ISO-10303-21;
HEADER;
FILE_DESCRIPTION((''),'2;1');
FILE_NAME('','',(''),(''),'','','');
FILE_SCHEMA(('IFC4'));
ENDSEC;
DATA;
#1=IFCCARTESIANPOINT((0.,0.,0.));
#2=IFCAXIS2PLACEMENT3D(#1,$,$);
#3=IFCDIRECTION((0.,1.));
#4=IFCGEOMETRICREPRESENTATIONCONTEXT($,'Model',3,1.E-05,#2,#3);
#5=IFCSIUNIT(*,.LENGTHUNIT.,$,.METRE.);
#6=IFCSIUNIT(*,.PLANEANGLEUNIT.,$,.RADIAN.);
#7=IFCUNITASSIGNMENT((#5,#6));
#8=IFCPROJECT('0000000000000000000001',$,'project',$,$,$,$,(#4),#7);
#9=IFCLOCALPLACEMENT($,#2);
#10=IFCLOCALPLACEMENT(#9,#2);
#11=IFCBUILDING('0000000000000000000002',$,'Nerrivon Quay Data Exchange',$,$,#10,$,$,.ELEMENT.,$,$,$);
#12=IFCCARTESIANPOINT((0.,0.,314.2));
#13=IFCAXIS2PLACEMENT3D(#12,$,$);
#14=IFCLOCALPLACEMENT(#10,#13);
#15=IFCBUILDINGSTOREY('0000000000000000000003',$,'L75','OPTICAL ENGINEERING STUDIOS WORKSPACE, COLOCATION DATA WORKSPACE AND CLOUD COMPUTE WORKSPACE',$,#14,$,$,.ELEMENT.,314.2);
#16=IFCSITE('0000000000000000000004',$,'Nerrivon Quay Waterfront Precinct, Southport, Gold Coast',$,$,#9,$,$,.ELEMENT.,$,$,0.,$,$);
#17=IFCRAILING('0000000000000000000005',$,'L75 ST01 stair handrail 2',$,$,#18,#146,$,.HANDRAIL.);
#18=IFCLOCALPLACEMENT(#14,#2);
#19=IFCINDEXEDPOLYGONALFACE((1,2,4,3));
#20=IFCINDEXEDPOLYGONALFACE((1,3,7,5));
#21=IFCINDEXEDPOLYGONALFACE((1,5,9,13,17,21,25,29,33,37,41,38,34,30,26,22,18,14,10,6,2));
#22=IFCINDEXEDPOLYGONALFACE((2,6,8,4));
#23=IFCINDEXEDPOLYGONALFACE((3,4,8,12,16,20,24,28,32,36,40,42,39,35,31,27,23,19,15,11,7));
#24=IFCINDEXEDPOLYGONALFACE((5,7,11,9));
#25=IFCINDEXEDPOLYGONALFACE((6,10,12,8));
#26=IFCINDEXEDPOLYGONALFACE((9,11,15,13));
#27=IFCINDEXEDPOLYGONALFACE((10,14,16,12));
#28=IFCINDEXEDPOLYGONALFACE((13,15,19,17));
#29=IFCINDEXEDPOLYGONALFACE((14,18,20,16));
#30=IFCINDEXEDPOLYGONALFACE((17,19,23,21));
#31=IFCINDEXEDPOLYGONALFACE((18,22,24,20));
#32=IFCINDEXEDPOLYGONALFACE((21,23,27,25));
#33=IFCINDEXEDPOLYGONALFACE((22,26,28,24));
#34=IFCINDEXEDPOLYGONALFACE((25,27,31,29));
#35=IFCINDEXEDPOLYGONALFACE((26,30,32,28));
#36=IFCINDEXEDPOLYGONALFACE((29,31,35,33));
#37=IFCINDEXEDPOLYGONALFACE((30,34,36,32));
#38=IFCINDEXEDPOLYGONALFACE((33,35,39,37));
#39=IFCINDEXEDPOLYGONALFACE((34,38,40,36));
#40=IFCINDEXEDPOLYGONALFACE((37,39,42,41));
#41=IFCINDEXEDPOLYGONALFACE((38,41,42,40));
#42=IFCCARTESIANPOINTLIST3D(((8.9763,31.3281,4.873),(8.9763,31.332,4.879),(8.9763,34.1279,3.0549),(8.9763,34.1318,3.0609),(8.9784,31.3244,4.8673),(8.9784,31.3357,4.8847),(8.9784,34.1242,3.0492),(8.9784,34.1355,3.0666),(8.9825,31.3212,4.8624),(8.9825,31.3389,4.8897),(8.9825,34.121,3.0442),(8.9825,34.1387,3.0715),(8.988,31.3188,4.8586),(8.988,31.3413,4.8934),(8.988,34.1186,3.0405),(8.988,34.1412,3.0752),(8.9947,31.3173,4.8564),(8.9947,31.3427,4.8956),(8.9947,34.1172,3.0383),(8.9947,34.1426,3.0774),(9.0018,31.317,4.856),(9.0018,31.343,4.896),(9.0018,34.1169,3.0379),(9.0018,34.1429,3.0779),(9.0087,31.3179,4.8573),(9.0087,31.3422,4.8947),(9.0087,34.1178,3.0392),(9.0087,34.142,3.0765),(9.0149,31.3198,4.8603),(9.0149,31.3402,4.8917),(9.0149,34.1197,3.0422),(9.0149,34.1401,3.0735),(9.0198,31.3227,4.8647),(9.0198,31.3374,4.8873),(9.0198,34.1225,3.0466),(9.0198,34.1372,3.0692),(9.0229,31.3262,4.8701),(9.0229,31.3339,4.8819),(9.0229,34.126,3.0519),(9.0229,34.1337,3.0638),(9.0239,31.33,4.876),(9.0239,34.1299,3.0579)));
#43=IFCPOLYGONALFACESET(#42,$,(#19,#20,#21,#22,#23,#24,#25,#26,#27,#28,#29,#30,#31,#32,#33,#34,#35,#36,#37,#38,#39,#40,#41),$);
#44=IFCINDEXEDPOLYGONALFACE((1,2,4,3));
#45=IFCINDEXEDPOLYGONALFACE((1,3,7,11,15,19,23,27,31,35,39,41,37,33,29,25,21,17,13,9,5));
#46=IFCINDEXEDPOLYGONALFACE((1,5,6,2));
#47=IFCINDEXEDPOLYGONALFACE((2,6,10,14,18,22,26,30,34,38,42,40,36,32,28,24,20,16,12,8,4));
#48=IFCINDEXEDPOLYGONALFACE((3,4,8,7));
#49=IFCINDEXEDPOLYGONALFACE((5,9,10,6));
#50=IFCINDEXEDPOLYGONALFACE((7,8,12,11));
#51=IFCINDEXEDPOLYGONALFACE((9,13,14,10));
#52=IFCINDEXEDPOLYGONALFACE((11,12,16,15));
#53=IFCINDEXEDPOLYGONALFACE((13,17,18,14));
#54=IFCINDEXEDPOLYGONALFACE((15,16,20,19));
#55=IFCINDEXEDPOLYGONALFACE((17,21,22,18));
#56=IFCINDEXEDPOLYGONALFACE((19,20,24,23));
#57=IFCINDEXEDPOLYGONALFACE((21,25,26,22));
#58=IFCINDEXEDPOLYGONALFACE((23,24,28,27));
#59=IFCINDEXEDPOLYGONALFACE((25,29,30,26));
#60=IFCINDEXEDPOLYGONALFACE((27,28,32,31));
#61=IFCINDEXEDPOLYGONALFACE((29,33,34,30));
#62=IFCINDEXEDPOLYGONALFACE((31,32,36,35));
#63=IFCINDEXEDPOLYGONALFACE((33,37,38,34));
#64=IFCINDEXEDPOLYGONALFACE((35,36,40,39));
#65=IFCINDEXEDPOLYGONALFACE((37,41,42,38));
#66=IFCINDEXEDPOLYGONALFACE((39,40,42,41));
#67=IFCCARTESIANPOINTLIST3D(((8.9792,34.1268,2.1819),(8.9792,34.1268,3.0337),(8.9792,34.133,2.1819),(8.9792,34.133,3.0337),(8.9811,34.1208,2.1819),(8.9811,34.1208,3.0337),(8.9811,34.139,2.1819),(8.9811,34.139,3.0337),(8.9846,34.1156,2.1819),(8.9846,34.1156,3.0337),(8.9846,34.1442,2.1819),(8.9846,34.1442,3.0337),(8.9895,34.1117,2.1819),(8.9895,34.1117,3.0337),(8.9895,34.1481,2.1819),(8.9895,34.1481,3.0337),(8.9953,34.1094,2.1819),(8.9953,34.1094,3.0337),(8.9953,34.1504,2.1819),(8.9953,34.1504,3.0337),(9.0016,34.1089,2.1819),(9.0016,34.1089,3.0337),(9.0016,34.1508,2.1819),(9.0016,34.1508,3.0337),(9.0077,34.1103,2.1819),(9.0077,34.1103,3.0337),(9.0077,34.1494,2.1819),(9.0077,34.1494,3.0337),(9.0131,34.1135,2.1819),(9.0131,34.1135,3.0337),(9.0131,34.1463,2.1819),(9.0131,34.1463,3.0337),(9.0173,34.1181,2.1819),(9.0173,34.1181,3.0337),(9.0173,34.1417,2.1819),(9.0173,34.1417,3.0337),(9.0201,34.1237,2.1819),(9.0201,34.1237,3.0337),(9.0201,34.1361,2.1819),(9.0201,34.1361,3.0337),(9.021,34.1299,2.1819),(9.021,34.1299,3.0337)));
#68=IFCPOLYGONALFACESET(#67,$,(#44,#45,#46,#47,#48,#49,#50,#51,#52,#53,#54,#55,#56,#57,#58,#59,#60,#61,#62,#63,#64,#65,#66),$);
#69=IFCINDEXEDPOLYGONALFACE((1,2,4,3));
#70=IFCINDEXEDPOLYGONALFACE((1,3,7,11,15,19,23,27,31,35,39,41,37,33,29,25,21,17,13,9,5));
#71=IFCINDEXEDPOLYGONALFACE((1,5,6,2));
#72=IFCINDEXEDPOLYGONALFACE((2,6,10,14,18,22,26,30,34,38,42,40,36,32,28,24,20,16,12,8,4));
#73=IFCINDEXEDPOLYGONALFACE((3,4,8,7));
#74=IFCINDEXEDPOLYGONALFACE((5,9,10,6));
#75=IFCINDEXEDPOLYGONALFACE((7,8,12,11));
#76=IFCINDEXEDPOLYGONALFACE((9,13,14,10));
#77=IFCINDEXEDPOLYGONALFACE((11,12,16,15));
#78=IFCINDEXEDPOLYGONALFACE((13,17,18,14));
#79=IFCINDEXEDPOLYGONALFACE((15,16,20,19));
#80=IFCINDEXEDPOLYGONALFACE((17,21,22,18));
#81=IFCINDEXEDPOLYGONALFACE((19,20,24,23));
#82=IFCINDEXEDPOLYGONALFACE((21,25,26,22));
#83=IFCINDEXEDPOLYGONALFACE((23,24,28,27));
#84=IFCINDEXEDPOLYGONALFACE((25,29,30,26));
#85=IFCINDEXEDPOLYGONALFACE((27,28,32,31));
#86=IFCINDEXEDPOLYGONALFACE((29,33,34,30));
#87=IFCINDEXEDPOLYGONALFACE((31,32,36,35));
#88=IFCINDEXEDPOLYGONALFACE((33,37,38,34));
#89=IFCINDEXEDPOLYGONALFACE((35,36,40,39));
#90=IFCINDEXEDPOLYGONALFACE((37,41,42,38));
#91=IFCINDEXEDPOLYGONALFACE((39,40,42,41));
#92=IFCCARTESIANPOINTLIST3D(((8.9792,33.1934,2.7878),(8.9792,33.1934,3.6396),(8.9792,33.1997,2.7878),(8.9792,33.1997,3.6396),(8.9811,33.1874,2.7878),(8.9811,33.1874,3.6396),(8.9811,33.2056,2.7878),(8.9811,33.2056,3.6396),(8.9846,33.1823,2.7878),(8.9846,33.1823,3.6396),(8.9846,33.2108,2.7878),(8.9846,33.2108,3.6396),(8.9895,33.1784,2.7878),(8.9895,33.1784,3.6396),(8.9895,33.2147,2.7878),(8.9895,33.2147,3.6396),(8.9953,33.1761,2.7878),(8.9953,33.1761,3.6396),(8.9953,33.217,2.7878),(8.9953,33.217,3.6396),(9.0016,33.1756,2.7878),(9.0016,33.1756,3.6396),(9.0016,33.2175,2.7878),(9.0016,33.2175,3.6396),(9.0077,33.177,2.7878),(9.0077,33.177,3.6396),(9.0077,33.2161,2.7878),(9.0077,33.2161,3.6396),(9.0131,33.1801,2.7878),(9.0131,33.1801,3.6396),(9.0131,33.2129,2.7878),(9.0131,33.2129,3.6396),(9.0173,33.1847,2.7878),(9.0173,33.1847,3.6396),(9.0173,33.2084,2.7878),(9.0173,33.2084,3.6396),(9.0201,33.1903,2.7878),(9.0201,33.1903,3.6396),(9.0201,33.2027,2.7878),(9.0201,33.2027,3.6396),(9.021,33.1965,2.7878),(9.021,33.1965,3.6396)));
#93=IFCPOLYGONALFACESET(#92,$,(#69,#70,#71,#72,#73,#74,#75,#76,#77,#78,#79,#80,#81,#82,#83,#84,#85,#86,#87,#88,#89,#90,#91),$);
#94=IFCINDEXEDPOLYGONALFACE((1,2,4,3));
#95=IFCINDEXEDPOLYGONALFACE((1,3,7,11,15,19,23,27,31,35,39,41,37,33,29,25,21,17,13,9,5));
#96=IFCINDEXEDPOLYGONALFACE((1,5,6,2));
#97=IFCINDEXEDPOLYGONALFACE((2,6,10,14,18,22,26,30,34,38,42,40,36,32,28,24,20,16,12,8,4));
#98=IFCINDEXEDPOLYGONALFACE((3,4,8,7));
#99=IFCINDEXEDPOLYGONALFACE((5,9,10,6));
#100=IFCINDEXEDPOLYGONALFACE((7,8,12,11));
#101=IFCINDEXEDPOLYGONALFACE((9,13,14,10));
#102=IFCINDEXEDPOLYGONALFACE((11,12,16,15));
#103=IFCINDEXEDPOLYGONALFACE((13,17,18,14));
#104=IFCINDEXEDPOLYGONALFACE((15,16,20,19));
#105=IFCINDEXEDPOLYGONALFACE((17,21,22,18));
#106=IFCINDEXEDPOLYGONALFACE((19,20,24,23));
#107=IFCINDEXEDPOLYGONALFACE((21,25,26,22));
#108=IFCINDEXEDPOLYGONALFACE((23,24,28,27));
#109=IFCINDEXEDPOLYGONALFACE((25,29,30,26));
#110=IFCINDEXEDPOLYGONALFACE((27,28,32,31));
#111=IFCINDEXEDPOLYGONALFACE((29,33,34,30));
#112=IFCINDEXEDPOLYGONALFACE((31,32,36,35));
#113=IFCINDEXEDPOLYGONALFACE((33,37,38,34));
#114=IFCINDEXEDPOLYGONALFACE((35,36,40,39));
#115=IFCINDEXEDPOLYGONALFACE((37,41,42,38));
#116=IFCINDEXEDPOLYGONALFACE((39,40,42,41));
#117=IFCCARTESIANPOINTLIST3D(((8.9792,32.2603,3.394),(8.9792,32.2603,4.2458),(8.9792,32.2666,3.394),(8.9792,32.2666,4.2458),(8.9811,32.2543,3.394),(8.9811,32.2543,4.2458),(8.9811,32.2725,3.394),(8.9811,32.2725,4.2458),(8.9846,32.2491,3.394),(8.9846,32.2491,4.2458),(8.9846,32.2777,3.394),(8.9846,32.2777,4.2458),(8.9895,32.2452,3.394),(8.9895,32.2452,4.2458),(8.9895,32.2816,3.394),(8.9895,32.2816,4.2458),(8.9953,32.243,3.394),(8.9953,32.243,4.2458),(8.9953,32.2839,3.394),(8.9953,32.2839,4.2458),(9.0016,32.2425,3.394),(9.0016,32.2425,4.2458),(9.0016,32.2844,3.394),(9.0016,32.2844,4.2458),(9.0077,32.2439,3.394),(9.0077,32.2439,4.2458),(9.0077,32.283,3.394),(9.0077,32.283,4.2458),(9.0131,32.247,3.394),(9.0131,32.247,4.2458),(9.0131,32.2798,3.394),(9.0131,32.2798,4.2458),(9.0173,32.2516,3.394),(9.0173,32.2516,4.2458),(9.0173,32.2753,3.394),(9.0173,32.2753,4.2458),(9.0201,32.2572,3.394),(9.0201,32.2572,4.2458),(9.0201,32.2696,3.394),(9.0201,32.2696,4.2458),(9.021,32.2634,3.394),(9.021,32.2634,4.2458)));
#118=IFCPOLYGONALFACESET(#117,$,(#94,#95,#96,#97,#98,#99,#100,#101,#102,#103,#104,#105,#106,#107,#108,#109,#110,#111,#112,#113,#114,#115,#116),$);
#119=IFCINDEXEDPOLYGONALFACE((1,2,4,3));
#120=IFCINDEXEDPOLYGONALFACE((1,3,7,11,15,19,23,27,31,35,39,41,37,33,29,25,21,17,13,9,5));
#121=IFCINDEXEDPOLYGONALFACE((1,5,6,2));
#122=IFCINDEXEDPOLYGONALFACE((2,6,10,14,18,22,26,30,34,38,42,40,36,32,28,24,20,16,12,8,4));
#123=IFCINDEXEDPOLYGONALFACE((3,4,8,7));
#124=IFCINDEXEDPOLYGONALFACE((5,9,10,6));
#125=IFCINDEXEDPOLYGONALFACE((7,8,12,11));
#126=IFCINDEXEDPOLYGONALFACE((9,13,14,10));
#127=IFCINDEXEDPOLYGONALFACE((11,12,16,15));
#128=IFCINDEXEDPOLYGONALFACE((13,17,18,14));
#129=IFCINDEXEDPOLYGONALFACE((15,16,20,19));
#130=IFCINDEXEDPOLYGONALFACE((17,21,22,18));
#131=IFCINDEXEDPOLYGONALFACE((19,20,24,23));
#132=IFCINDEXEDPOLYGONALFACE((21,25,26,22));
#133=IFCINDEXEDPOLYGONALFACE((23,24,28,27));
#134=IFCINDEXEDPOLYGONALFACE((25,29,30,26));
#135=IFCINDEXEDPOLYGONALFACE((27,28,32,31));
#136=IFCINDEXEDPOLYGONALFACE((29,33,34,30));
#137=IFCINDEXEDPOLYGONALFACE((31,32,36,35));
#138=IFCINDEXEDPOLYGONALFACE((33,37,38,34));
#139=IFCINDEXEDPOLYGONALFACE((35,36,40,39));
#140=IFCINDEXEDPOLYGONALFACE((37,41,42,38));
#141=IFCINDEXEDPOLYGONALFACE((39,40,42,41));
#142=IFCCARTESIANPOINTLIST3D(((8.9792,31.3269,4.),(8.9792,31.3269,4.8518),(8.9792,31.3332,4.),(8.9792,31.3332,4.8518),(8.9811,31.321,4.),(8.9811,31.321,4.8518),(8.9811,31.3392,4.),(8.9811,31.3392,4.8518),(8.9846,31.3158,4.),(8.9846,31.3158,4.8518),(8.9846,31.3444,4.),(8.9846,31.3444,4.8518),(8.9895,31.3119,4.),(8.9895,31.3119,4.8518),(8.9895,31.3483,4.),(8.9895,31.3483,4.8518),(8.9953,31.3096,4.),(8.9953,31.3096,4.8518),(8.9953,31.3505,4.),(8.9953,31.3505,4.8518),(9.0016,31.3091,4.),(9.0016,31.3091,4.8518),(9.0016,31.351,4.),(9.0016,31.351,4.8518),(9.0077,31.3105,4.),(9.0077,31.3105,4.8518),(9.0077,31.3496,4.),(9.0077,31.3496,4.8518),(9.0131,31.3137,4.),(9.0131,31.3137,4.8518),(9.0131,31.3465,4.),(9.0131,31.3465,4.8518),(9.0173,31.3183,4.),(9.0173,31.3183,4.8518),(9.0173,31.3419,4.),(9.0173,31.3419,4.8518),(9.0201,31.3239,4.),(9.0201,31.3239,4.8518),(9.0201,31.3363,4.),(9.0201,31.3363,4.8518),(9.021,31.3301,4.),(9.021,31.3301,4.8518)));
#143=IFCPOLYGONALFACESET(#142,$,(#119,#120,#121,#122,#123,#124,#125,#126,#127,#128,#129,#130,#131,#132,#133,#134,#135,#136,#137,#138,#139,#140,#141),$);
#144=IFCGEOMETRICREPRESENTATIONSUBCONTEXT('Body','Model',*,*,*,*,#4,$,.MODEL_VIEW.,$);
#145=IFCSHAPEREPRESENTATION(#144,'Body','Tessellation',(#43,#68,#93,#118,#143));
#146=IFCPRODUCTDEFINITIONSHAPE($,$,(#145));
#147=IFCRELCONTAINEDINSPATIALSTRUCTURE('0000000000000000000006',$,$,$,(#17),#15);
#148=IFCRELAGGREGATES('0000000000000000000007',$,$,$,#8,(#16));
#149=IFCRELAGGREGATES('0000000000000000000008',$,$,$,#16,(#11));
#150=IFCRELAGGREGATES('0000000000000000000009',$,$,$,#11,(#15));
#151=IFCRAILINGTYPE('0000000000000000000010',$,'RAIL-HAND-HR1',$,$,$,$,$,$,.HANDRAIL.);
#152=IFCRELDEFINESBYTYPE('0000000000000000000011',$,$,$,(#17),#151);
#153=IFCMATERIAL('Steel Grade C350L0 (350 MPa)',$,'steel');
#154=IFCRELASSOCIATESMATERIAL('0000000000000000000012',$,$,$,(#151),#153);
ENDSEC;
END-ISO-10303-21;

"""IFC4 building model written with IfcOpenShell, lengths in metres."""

from ifc_helpers import new_model, si_unit, direction, frame, origin, origin_2d, place, context, subcontext, project, spatial, circle, extrude, material, type_object, element, save


model = new_model("IFC4")

# Units and contexts
model_context = context("Model", 3, precision=1e-05, world=origin(), true_north=direction((0.0, 1.0)))
body_context = subcontext(model_context, "Body", "Model", "MODEL_VIEW")
ifc_project = project(units=[si_unit("LENGTHUNIT", "METRE"), si_unit("PLANEANGLEUNIT", "RADIAN")], contexts=[model_context])

# Site, building, storey
site_placement = place(None, origin())
site = spatial("IfcSite", under=ifc_project, at=site_placement, Name="Nerrivon Quay Waterfront Precinct, Southport, Gold Coast", CompositionType="ELEMENT", RefElevation=0.0)
building_placement = place(site_placement, origin())
building = spatial("IfcBuilding", under=site, at=building_placement, Name="Nerrivon Quay Data Exchange", CompositionType="ELEMENT")
storey_placement = place(building_placement, frame((0.0, 0.0, 314.2)))
storey = spatial("IfcBuildingStorey", under=building, at=storey_placement, Name="L75", Description="OPTICAL ENGINEERING STUDIOS WORKSPACE, COLOCATION DATA WORKSPACE AND CLOUD COMPUTE WORKSPACE", CompositionType="ELEMENT", Elevation=314.2)

# Shared definitions
ifc_material_1 = material(Name="Steel Grade C350L0 (350 MPa)", Category="steel")

# Railing
railing_type_1 = type_object("IfcRailingType", Name="RAIL-HAND-HR1", PredefinedType="HANDRAIL", material=ifc_material_1)
railing_1_placement = place(storey_placement, frame((9.0, 34.1299, 2.1819)))
element("IfcRailing", 1, at=railing_1_placement, inside=storey, type_object=railing_type_1, Name="L75 ST01 stair handrail 2", PredefinedType="HANDRAIL", context=body_context, shape_type="SweptSolid", body=[
    extrude(circle(Radius=0.0239, at=origin_2d()), frame((0.0, 0.0, 0.876), z_axis=(0.0, -0.838684, 0.544618), x_axis=(1.0, 0.0, 0.0)), (0.0, 0.0, 1.0), 3.3384),
    extrude(circle(Radius=0.021, at=origin_2d()), origin(), (0.0, 0.0, 1.0), 0.8518),
    extrude(circle(Radius=0.021, at=origin_2d()), frame((0.0, -0.9333, 0.606)), (0.0, 0.0, 1.0), 0.8518),
    extrude(circle(Radius=0.021, at=origin_2d()), frame((0.0, -1.8665, 1.2122)), (0.0, 0.0, 1.0), 0.8518),
    extrude(circle(Radius=0.021, at=origin_2d()), frame((0.0, -2.7998, 1.8181)), (0.0, 0.0, 1.0), 0.8518),
])

save(model, "model.ifc")
